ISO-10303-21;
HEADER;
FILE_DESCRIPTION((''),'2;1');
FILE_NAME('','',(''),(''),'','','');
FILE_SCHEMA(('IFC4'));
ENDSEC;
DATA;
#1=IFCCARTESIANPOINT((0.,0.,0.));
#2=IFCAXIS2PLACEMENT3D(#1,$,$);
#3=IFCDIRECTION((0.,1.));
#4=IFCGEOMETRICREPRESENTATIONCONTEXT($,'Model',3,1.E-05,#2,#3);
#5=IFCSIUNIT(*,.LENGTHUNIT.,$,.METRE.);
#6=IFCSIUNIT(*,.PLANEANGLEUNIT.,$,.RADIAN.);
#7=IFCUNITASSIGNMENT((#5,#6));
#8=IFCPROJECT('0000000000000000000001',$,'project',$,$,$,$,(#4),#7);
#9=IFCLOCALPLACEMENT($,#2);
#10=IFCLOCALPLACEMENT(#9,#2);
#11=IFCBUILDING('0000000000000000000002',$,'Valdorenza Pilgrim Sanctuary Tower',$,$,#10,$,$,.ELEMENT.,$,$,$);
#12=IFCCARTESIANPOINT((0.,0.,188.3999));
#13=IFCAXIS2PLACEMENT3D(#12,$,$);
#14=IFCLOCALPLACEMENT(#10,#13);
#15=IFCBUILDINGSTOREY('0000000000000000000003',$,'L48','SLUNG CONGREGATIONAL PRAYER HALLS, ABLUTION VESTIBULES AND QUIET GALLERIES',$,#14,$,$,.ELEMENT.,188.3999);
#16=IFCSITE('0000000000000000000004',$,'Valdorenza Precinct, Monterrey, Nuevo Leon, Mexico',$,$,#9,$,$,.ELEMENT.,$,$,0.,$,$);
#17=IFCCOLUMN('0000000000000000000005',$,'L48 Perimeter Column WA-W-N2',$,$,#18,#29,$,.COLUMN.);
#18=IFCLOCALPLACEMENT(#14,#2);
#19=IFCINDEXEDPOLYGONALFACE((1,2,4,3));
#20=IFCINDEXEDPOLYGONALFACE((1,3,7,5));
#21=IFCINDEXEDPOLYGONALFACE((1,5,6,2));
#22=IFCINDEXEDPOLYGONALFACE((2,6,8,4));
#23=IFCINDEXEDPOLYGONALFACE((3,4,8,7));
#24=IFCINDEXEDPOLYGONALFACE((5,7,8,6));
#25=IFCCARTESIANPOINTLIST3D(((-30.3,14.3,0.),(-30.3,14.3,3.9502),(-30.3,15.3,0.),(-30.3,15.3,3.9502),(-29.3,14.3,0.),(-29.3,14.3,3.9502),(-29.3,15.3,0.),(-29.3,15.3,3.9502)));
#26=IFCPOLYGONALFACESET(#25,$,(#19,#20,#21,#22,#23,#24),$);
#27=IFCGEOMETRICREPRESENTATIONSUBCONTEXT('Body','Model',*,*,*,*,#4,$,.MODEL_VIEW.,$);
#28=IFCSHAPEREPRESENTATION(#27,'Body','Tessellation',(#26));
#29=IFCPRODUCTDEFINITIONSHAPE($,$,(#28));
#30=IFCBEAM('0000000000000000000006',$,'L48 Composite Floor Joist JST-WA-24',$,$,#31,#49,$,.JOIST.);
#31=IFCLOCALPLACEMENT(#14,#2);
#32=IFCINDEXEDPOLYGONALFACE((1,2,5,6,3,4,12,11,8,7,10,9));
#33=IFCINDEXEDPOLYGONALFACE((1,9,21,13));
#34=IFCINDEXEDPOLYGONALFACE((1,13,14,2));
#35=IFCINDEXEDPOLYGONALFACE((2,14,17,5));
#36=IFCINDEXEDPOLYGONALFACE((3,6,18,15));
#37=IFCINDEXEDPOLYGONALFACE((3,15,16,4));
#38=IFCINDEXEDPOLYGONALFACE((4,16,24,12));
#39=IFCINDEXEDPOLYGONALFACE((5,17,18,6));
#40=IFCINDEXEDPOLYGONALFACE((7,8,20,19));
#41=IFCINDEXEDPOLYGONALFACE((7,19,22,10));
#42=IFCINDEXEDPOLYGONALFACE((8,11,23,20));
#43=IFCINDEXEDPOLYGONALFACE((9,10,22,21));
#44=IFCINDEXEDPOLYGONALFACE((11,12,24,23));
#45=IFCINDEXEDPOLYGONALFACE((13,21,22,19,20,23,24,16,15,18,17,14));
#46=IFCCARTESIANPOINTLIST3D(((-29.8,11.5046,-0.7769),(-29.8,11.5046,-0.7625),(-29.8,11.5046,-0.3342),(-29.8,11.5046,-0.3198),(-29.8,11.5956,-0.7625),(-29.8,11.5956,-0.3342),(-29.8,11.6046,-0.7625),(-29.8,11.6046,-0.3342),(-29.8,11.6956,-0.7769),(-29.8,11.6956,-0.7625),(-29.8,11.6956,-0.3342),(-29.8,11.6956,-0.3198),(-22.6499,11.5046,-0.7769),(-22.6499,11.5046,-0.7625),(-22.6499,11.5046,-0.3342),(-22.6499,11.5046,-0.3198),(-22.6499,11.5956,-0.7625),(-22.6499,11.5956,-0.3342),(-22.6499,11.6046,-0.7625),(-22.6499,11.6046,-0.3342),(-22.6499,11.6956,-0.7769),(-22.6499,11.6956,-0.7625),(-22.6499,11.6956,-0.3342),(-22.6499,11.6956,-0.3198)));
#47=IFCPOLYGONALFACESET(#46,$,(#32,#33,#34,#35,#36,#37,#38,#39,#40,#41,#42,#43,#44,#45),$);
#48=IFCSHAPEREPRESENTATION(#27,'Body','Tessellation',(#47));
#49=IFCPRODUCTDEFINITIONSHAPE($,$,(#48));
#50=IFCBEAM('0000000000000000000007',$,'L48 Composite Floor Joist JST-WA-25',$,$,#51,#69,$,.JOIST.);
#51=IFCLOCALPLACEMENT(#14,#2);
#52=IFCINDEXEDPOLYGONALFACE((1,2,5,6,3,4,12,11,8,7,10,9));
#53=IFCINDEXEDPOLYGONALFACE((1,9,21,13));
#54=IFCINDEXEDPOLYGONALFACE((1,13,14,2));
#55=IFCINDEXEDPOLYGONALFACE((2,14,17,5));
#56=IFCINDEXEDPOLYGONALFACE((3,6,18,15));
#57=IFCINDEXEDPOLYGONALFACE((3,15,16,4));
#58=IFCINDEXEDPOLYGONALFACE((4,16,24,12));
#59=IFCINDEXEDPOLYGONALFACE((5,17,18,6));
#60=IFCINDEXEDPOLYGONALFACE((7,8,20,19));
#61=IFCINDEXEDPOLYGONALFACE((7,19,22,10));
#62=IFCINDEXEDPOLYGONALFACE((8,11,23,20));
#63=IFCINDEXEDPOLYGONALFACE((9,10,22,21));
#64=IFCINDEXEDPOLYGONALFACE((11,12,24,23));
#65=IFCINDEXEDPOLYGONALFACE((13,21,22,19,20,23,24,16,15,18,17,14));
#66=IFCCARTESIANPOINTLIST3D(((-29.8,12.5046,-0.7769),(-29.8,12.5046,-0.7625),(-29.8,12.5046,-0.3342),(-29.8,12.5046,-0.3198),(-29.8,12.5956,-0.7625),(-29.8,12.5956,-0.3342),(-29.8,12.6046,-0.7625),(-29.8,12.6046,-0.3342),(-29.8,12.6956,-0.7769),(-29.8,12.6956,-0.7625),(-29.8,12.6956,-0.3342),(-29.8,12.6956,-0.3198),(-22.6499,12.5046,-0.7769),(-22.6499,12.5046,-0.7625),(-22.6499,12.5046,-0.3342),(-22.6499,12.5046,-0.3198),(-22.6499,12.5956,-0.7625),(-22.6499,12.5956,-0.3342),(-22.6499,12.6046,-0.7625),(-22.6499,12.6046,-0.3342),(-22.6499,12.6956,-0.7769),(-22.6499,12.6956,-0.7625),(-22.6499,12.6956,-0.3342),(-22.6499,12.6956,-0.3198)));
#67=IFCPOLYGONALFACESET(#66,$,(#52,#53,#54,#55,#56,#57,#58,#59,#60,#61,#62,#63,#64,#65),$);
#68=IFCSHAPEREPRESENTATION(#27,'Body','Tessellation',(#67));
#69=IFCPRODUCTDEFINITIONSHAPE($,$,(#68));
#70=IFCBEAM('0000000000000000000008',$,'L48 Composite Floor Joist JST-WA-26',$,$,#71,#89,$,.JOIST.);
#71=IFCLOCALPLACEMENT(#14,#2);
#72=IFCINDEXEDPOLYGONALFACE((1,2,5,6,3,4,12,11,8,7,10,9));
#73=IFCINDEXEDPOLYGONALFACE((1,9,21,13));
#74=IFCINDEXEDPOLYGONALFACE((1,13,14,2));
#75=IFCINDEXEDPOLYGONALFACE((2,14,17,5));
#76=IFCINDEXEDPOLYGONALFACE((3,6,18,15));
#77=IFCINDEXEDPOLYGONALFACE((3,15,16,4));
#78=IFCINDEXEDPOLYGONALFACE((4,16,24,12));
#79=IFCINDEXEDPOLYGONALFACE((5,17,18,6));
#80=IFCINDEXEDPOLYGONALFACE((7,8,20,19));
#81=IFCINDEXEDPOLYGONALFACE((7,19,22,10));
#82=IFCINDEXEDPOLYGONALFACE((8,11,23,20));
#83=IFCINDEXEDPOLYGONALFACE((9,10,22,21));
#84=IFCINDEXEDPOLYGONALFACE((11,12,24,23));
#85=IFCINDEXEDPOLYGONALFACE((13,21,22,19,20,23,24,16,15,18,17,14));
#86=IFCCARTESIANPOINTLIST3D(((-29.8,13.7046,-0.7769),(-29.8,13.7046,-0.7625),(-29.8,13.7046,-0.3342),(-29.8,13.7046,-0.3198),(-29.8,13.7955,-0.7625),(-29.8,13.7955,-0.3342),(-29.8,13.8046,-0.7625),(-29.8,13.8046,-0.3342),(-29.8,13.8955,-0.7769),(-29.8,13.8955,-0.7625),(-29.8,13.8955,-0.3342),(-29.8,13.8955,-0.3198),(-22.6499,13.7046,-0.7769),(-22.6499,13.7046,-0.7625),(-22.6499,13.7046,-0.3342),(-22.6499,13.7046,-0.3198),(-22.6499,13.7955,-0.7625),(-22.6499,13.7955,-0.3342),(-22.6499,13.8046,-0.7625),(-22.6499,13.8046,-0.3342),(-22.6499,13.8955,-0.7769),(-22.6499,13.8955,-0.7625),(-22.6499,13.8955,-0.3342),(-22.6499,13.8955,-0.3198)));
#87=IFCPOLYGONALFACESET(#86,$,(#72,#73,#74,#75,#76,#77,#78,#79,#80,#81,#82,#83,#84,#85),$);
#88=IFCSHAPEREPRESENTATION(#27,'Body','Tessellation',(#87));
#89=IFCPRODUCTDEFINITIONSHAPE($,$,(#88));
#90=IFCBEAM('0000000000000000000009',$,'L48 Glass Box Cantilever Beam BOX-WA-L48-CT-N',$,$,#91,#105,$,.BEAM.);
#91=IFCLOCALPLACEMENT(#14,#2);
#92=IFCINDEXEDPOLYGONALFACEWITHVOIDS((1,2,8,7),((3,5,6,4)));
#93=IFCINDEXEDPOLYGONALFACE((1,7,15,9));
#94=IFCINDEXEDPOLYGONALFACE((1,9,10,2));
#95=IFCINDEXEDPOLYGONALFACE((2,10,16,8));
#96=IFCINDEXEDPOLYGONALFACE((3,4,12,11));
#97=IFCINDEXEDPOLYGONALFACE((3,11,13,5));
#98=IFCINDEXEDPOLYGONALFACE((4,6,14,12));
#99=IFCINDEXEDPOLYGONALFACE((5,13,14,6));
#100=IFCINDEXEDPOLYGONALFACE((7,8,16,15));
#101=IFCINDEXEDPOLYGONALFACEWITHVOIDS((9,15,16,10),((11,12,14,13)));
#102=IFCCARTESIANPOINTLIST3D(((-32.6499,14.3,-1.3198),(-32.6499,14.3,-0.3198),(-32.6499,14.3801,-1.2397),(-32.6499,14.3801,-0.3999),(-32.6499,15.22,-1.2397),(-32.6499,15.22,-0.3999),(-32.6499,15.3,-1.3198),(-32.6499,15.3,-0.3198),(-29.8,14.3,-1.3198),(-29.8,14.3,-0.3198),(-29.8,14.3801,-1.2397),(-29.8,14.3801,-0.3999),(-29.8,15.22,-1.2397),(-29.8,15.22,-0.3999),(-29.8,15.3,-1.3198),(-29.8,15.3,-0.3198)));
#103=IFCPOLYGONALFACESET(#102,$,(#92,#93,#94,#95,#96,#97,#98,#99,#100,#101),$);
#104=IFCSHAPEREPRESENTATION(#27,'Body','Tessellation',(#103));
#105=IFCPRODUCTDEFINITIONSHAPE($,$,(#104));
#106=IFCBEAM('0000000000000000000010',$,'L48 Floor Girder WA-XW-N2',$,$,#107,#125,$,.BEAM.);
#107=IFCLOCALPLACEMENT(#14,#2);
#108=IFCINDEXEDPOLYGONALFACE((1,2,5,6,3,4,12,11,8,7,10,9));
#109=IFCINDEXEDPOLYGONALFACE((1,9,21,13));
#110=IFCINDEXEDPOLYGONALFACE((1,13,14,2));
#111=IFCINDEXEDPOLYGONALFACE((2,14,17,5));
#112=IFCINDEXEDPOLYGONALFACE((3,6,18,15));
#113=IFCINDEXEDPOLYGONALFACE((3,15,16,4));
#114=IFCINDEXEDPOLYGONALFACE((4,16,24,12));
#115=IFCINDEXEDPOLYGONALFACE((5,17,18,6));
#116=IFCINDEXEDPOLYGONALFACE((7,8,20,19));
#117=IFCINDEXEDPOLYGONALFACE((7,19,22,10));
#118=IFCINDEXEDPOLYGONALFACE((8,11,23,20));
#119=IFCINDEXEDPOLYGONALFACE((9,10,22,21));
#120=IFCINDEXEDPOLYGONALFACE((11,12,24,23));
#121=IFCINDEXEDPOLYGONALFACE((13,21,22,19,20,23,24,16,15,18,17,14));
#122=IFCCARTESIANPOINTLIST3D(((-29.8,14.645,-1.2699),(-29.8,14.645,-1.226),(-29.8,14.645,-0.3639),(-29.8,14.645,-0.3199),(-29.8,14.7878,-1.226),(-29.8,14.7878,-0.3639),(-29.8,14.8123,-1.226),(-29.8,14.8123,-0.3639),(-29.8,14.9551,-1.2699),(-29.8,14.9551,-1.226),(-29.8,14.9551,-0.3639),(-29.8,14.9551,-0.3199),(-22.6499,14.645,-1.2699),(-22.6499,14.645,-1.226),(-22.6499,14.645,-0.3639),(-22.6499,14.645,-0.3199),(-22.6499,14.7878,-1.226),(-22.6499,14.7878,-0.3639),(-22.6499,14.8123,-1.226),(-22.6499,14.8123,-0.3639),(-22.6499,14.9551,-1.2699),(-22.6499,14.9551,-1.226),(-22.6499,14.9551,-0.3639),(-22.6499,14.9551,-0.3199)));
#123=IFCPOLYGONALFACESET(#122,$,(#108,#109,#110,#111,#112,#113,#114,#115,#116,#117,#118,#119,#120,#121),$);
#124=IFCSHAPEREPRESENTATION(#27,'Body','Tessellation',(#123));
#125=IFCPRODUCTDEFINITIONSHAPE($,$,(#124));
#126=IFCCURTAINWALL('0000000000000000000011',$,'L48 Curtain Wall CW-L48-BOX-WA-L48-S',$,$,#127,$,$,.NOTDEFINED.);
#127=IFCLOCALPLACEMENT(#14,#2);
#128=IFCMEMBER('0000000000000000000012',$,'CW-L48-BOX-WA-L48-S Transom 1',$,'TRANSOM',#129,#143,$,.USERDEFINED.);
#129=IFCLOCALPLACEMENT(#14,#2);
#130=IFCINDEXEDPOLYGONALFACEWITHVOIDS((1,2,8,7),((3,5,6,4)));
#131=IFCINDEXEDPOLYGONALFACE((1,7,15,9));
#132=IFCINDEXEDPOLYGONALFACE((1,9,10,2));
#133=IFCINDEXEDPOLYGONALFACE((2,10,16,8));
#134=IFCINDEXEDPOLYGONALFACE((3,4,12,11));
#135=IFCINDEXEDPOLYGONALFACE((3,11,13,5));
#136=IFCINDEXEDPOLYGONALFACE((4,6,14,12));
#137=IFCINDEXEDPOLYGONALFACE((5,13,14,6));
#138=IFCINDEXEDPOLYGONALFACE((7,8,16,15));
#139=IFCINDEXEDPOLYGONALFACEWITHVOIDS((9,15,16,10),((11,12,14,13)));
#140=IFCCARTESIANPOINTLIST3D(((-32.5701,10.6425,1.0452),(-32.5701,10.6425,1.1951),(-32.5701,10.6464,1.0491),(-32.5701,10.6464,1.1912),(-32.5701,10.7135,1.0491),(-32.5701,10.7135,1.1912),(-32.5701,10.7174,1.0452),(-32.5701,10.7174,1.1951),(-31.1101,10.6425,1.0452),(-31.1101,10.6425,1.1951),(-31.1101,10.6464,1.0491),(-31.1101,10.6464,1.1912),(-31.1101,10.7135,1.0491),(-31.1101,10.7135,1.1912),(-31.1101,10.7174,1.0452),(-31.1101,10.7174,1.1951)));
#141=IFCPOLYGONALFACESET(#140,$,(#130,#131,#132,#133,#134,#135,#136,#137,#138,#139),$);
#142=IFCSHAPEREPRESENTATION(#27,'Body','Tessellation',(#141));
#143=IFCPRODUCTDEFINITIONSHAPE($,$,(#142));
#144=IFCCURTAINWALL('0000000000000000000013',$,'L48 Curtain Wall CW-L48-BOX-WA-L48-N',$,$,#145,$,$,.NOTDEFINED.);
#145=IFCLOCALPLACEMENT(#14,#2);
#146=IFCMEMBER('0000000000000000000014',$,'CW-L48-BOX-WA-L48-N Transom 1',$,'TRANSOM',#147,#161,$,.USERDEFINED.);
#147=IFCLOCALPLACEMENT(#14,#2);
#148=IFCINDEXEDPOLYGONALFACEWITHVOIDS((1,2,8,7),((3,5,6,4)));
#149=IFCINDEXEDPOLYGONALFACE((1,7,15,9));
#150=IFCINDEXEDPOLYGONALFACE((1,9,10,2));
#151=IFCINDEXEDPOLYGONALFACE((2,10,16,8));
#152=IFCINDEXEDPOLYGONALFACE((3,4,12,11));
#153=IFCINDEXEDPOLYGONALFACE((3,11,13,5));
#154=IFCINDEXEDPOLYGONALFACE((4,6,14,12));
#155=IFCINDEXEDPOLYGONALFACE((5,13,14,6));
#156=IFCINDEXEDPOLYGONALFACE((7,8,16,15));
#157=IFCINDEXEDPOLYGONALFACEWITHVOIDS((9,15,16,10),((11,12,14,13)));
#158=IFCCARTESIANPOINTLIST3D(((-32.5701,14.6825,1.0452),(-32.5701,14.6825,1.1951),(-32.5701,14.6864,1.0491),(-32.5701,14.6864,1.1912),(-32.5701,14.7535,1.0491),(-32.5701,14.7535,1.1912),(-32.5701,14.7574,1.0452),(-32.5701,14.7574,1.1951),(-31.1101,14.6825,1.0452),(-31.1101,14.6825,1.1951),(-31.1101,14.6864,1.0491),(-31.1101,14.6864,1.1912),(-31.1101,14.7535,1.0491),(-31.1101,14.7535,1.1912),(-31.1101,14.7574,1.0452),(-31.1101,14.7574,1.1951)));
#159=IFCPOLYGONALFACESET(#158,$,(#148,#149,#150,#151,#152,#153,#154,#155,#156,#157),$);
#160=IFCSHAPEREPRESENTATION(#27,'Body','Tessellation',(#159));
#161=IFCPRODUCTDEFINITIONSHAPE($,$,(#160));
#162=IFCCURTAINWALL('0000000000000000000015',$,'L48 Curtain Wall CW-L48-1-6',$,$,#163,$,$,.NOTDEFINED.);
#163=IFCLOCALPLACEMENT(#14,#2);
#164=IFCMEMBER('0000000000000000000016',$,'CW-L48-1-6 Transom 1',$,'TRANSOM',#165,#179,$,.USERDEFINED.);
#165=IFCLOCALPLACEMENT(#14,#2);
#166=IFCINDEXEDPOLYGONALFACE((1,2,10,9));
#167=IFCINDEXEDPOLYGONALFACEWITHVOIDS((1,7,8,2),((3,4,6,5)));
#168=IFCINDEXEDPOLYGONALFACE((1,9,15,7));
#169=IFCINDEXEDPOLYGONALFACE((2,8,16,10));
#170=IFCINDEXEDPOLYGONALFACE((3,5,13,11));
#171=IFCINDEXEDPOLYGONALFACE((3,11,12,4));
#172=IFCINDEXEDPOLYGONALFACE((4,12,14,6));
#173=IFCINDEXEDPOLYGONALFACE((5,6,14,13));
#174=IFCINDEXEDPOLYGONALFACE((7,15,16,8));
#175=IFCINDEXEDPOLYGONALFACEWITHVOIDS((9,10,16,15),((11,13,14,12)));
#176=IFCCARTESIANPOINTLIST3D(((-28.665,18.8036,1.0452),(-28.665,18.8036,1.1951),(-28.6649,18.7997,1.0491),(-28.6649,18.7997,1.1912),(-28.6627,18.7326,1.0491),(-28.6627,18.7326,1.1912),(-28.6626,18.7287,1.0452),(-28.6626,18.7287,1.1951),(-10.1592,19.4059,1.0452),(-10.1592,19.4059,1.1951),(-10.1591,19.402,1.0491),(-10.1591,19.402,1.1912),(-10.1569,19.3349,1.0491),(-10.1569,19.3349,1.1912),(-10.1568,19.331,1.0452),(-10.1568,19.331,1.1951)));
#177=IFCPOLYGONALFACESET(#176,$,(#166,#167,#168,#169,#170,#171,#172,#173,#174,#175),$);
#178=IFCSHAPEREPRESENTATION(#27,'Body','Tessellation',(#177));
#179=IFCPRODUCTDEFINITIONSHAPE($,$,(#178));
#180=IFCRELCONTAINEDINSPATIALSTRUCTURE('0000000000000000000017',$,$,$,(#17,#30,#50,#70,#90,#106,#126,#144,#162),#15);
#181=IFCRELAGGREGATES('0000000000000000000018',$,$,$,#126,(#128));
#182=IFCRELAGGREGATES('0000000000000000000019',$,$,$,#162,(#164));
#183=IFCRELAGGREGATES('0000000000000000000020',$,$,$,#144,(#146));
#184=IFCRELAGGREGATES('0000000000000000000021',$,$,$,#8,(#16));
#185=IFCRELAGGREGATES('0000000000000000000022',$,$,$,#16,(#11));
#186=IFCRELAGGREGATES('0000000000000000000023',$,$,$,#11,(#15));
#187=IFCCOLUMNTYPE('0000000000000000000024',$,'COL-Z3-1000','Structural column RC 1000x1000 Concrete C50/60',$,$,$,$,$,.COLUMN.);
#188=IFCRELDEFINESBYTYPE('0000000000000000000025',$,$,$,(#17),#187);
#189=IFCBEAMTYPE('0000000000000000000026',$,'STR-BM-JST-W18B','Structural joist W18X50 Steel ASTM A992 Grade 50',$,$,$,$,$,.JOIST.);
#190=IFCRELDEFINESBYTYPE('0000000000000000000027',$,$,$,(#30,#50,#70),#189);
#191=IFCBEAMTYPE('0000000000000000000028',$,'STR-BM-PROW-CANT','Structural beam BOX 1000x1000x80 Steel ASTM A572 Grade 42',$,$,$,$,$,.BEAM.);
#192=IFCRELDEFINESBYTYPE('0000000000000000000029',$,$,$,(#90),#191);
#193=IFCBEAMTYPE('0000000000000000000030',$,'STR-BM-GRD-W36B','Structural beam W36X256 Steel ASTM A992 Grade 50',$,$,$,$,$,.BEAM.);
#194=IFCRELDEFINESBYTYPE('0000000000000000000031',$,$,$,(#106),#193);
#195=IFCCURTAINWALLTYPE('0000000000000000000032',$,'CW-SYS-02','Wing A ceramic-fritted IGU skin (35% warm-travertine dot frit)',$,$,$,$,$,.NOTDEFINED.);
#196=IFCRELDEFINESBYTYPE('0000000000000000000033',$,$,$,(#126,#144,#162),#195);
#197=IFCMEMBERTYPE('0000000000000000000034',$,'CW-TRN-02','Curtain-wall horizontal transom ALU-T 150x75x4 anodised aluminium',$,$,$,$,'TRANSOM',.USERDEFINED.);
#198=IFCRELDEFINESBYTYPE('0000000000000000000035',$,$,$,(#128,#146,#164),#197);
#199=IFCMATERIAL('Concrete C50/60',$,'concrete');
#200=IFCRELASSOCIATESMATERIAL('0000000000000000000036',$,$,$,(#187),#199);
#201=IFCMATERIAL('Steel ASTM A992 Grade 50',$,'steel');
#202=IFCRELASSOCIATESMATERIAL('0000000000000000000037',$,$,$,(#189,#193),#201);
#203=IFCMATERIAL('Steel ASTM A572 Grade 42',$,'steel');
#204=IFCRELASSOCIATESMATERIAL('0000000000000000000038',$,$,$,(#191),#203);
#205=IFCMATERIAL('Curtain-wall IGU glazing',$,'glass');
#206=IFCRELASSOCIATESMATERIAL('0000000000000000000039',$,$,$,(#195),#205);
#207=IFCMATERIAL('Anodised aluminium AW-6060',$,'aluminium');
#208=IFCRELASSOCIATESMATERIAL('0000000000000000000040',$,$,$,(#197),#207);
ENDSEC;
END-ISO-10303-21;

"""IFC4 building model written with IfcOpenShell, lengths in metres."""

from ifc_helpers import new_model, si_unit, direction, frame, origin, origin_2d, place, context, subcontext, project, spatial, rectangle, hollow_rectangle, i_section, extrude, source, transform, mapped, material, material_profile, profile_set, type_object, element, aggregate, save


model = new_model("IFC4")

# Units and contexts
model_context = context("Model", 3, precision=1e-05, world=origin(), true_north=direction((0.0, 1.0)))
body_context = subcontext(model_context, "Body", "Model", "MODEL_VIEW")
ifc_project = project(units=[si_unit("LENGTHUNIT", "METRE"), si_unit("PLANEANGLEUNIT", "RADIAN")], contexts=[model_context])

# Site, building, storey
site_placement = place(None, origin())
site = spatial("IfcSite", under=ifc_project, at=site_placement, Name="Valdorenza Precinct, Monterrey, Nuevo Leon, Mexico", CompositionType="ELEMENT", RefElevation=0.0)
building_placement = place(site_placement, origin())
building = spatial("IfcBuilding", under=site, at=building_placement, Name="Valdorenza Pilgrim Sanctuary Tower", CompositionType="ELEMENT")
storey_placement = place(building_placement, frame((0.0, 0.0, 188.3999)))
storey = spatial("IfcBuildingStorey", under=building, at=storey_placement, Name="L48", Description="SLUNG CONGREGATIONAL PRAYER HALLS, ABLUTION VESTIBULES AND QUIET GALLERIES", CompositionType="ELEMENT", Elevation=188.3999)

# Column
ifc_material_1 = material(Name="Concrete C50/60", Category="concrete")
ifc_material_profile_1 = material_profile(ifc_material_1, rectangle(XDim=1.0, YDim=1.0, at=origin_2d()), Name="RC 1000x1000")
ifc_profile_set_1 = profile_set([ifc_material_profile_1], Name="Concrete C50/60")
column_type = type_object("IfcColumnType", Name="COL-Z3-1000", Description="Structural column RC 1000x1000 Concrete C50/60", PredefinedType="COLUMN", material=ifc_profile_set_1)
shared_shape_1 = source(origin(), body_context, "Body", "SweptSolid", [
    extrude(rectangle(XDim=1.0, YDim=1.0, at=origin_2d()), origin(), (0.0, 0.0, 1.0), 3.9502),
])
column_placement = place(storey_placement, frame((-29.8, 14.8, 0.0), z_axis=(0.0, 0.0, 1.0), x_axis=(1.0, 0.0, 0.0)))
element("IfcColumn", 1, at=column_placement, inside=storey, type_object=column_type, Name="L48 Perimeter Column WA-W-N2", PredefinedType="COLUMN", context=body_context, shape_type="MappedRepresentation", body=[
    mapped(shared_shape_1, transform((0.0, 0.0, 0.0), x_axis=(1.0, 0.0, 0.0), y_axis=(0.0, 1.0, 0.0), z_axis=(0.0, 0.0, 1.0), scale=1.0)),
])

# Beams
ifc_material_2 = material(Name="Steel ASTM A992 Grade 50", Category="steel")
ifc_material_profile_2 = material_profile(ifc_material_2, i_section(OverallWidth=0.1909, OverallDepth=0.457, WebThickness=0.009, FlangeThickness=0.0144, at=origin_2d()), Name="W18X50")
ifc_profile_set_2 = profile_set([ifc_material_profile_2], Name="Steel ASTM A992 Grade 50")
beam_type_1 = type_object("IfcBeamType", Name="STR-BM-JST-W18B", Description="Structural joist W18X50 Steel ASTM A992 Grade 50", PredefinedType="JOIST", material=ifc_profile_set_2)
shared_shape_2 = source(origin(), body_context, "Body", "SweptSolid", [
    extrude(i_section(OverallWidth=0.1909, OverallDepth=0.457, WebThickness=0.009, FlangeThickness=0.0144, at=origin_2d()), origin(), (0.0, 0.0, 1.0), 7.1501),
])
for number, where, z_axis, x_axis, name in (
    (2, (-29.8, 11.6001, -0.5483), (1.0, 0.0, 0.0), (0.0, 1.0, 0.0), "L48 Composite Floor Joist JST-WA-24"),
    (3, (-29.8, 12.6001, -0.5483), (1.0, 0.0, 0.0), (0.0, 1.0, 0.0), "L48 Composite Floor Joist JST-WA-25"),
    (4, (-29.8, 13.8, -0.5483), (1.0, 0.0, 0.0), (0.0, 1.0, 0.0), "L48 Composite Floor Joist JST-WA-26"),
):
    element("IfcBeam", number, at=place(storey_placement, frame(where, z_axis=z_axis, x_axis=x_axis)), inside=storey, type_object=beam_type_1, Name=name, PredefinedType="JOIST", context=body_context, shape_type="MappedRepresentation", body=[
        mapped(shared_shape_2, transform((0.0, 0.0, 0.0), x_axis=(1.0, 0.0, 0.0), y_axis=(0.0, 1.0, 0.0), z_axis=(0.0, 0.0, 1.0), scale=1.0)),
    ])
ifc_material_3 = material(Name="Steel ASTM A572 Grade 42", Category="steel")
ifc_material_profile_3 = material_profile(ifc_material_3, hollow_rectangle(XDim=1.0, YDim=1.0, WallThickness=0.0801, at=origin_2d()), Name="BOX 1000x1000x80")
ifc_profile_set_3 = profile_set([ifc_material_profile_3], Name="Steel ASTM A572 Grade 42")
beam_type_2 = type_object("IfcBeamType", Name="STR-BM-PROW-CANT", Description="Structural beam BOX 1000x1000x80 Steel ASTM A572 Grade 42", PredefinedType="BEAM", material=ifc_profile_set_3)
shared_shape_3 = source(origin(), body_context, "Body", "SweptSolid", [
    extrude(hollow_rectangle(XDim=1.0, YDim=1.0, WallThickness=0.0801, at=origin_2d()), origin(), (0.0, 0.0, 1.0), 2.8499),
])
beam_1_placement = place(storey_placement, frame((-29.8, 14.8, -0.8198), z_axis=(-1.0, 0.0, 0.0), x_axis=(0.0, -1.0, 0.0)))
element("IfcBeam", 5, at=beam_1_placement, inside=storey, type_object=beam_type_2, Name="L48 Glass Box Cantilever Beam BOX-WA-L48-CT-N", PredefinedType="BEAM", context=body_context, shape_type="MappedRepresentation", body=[
    mapped(shared_shape_3, transform((0.0, 0.0, 0.0), x_axis=(1.0, 0.0, 0.0), y_axis=(0.0, 1.0, 0.0), z_axis=(0.0, 0.0, 1.0), scale=1.0)),
])
ifc_material_profile_4 = material_profile(ifc_material_2, i_section(OverallWidth=0.3101, OverallDepth=0.95, WebThickness=0.0244, FlangeThickness=0.0439, at=origin_2d()), Name="W36X256")
ifc_profile_set_4 = profile_set([ifc_material_profile_4], Name="Steel ASTM A992 Grade 50")
beam_type_3 = type_object("IfcBeamType", Name="STR-BM-GRD-W36B", Description="Structural beam W36X256 Steel ASTM A992 Grade 50", PredefinedType="BEAM", material=ifc_profile_set_4)
shared_shape_4 = source(origin(), body_context, "Body", "SweptSolid", [
    extrude(i_section(OverallWidth=0.3101, OverallDepth=0.95, WebThickness=0.0244, FlangeThickness=0.0439, at=origin_2d()), origin(), (0.0, 0.0, 1.0), 7.1501),
])
beam_2_placement = place(storey_placement, frame((-29.8, 14.8, -0.7949), z_axis=(1.0, 0.0, 0.0), x_axis=(0.0, 1.0, 0.0)))
element("IfcBeam", 6, at=beam_2_placement, inside=storey, type_object=beam_type_3, Name="L48 Floor Girder WA-XW-N2", PredefinedType="BEAM", context=body_context, shape_type="MappedRepresentation", body=[
    mapped(shared_shape_4, transform((0.0, 0.0, 0.0), x_axis=(1.0, 0.0, 0.0), y_axis=(0.0, 1.0, 0.0), z_axis=(0.0, 0.0, 1.0), scale=1.0)),
])

# Curtain walls, members
ifc_material_4 = material(Name="Curtain-wall IGU glazing", Category="glass")
curtain_wall_type = type_object("IfcCurtainWallType", Name="CW-SYS-02", Description="Wing A ceramic-fritted IGU skin (35% warm-travertine dot frit)", PredefinedType="NOTDEFINED", material=ifc_material_4)
curtain_wall_1_placement = place(storey_placement, origin())
curtain_wall_1 = element("IfcCurtainWall", 7, at=curtain_wall_1_placement, inside=storey, type_object=curtain_wall_type, Name="L48 Curtain Wall CW-L48-BOX-WA-L48-S", PredefinedType="NOTDEFINED")
ifc_material_5 = material(Name="Anodised aluminium AW-6060", Category="aluminium")
ifc_material_profile_5 = material_profile(ifc_material_5, hollow_rectangle(XDim=0.075, YDim=0.1499, WallThickness=0.0039, at=origin_2d()), Name="ALU-T 150x75x4")
ifc_profile_set_5 = profile_set([ifc_material_profile_5], Name="Anodised aluminium AW-6060")
member_type_1 = type_object("IfcMemberType", Name="CW-TRN-02", Description="Curtain-wall horizontal transom ALU-T 150x75x4 anodised aluminium", ElementType="TRANSOM", PredefinedType="USERDEFINED", material=ifc_profile_set_5)
shared_shape_5 = source(origin(), body_context, "Body", "SweptSolid", [
    extrude(hollow_rectangle(XDim=0.075, YDim=0.1499, WallThickness=0.0039, at=origin_2d()), origin(), (0.0, 0.0, 1.0), 1.46),
])
member_1_placement = place(storey_placement, frame((-31.1101, 10.6799, 1.1201), z_axis=(-1.0, 0.0, 0.0), x_axis=(0.0, -1.0, 0.0)))
member_1 = element("IfcMember", 8, at=member_1_placement, type_object=member_type_1, Name="CW-L48-BOX-WA-L48-S Transom 1", ObjectType="TRANSOM", PredefinedType="USERDEFINED", context=body_context, shape_type="MappedRepresentation", body=[
    mapped(shared_shape_5, transform((0.0, 0.0, 0.0), x_axis=(1.0, 0.0, 0.0), y_axis=(0.0, 1.0, 0.0), z_axis=(0.0, 0.0, 1.0), scale=1.0)),
])
aggregate(curtain_wall_1, [member_1])
curtain_wall_2_placement = place(storey_placement, origin())
curtain_wall_2 = element("IfcCurtainWall", 9, at=curtain_wall_2_placement, inside=storey, type_object=curtain_wall_type, Name="L48 Curtain Wall CW-L48-BOX-WA-L48-N", PredefinedType="NOTDEFINED")
member_2_placement = place(storey_placement, frame((-32.5701, 14.72, 1.1201), z_axis=(1.0, 0.0, 0.0), x_axis=(0.0, 1.0, 0.0)))
member_2 = element("IfcMember", 10, at=member_2_placement, type_object=member_type_1, Name="CW-L48-BOX-WA-L48-N Transom 1", ObjectType="TRANSOM", PredefinedType="USERDEFINED", context=body_context, shape_type="MappedRepresentation", body=[
    mapped(shared_shape_5, transform((0.0, 0.0, 0.0), x_axis=(1.0, 0.0, 0.0), y_axis=(0.0, 1.0, 0.0), z_axis=(0.0, 0.0, 1.0), scale=1.0)),
])
curtain_wall_3_placement = place(storey_placement, origin())
curtain_wall_3 = element("IfcCurtainWall", 11, at=curtain_wall_3_placement, inside=storey, type_object=curtain_wall_type, Name="L48 Curtain Wall CW-L48-1-6", PredefinedType="NOTDEFINED")
shared_shape_6 = source(origin(), body_context, "Body", "SweptSolid", [
    extrude(hollow_rectangle(XDim=0.075, YDim=0.1499, WallThickness=0.0039, at=origin_2d()), origin(), (0.0, 0.0, 1.0), 18.5156),
])
member_3_placement = place(storey_placement, frame((-28.6638, 18.7661, 1.1201), z_axis=(0.999471, 0.032529, 0.0), x_axis=(-0.032529, 0.999471, 0.0)))
member_3 = element("IfcMember", 12, at=member_3_placement, type_object=member_type_1, Name="CW-L48-1-6 Transom 1", ObjectType="TRANSOM", PredefinedType="USERDEFINED", context=body_context, shape_type="MappedRepresentation", body=[
    mapped(shared_shape_6, transform((0.0, 0.0, 0.0), x_axis=(1.0, 0.0, 0.0), y_axis=(0.0, 1.0, 0.0), z_axis=(0.0, 0.0, 1.0), scale=1.0)),
])

aggregate(curtain_wall_3, [member_3])
aggregate(curtain_wall_2, [member_2])

save(model, "model.ifc")
